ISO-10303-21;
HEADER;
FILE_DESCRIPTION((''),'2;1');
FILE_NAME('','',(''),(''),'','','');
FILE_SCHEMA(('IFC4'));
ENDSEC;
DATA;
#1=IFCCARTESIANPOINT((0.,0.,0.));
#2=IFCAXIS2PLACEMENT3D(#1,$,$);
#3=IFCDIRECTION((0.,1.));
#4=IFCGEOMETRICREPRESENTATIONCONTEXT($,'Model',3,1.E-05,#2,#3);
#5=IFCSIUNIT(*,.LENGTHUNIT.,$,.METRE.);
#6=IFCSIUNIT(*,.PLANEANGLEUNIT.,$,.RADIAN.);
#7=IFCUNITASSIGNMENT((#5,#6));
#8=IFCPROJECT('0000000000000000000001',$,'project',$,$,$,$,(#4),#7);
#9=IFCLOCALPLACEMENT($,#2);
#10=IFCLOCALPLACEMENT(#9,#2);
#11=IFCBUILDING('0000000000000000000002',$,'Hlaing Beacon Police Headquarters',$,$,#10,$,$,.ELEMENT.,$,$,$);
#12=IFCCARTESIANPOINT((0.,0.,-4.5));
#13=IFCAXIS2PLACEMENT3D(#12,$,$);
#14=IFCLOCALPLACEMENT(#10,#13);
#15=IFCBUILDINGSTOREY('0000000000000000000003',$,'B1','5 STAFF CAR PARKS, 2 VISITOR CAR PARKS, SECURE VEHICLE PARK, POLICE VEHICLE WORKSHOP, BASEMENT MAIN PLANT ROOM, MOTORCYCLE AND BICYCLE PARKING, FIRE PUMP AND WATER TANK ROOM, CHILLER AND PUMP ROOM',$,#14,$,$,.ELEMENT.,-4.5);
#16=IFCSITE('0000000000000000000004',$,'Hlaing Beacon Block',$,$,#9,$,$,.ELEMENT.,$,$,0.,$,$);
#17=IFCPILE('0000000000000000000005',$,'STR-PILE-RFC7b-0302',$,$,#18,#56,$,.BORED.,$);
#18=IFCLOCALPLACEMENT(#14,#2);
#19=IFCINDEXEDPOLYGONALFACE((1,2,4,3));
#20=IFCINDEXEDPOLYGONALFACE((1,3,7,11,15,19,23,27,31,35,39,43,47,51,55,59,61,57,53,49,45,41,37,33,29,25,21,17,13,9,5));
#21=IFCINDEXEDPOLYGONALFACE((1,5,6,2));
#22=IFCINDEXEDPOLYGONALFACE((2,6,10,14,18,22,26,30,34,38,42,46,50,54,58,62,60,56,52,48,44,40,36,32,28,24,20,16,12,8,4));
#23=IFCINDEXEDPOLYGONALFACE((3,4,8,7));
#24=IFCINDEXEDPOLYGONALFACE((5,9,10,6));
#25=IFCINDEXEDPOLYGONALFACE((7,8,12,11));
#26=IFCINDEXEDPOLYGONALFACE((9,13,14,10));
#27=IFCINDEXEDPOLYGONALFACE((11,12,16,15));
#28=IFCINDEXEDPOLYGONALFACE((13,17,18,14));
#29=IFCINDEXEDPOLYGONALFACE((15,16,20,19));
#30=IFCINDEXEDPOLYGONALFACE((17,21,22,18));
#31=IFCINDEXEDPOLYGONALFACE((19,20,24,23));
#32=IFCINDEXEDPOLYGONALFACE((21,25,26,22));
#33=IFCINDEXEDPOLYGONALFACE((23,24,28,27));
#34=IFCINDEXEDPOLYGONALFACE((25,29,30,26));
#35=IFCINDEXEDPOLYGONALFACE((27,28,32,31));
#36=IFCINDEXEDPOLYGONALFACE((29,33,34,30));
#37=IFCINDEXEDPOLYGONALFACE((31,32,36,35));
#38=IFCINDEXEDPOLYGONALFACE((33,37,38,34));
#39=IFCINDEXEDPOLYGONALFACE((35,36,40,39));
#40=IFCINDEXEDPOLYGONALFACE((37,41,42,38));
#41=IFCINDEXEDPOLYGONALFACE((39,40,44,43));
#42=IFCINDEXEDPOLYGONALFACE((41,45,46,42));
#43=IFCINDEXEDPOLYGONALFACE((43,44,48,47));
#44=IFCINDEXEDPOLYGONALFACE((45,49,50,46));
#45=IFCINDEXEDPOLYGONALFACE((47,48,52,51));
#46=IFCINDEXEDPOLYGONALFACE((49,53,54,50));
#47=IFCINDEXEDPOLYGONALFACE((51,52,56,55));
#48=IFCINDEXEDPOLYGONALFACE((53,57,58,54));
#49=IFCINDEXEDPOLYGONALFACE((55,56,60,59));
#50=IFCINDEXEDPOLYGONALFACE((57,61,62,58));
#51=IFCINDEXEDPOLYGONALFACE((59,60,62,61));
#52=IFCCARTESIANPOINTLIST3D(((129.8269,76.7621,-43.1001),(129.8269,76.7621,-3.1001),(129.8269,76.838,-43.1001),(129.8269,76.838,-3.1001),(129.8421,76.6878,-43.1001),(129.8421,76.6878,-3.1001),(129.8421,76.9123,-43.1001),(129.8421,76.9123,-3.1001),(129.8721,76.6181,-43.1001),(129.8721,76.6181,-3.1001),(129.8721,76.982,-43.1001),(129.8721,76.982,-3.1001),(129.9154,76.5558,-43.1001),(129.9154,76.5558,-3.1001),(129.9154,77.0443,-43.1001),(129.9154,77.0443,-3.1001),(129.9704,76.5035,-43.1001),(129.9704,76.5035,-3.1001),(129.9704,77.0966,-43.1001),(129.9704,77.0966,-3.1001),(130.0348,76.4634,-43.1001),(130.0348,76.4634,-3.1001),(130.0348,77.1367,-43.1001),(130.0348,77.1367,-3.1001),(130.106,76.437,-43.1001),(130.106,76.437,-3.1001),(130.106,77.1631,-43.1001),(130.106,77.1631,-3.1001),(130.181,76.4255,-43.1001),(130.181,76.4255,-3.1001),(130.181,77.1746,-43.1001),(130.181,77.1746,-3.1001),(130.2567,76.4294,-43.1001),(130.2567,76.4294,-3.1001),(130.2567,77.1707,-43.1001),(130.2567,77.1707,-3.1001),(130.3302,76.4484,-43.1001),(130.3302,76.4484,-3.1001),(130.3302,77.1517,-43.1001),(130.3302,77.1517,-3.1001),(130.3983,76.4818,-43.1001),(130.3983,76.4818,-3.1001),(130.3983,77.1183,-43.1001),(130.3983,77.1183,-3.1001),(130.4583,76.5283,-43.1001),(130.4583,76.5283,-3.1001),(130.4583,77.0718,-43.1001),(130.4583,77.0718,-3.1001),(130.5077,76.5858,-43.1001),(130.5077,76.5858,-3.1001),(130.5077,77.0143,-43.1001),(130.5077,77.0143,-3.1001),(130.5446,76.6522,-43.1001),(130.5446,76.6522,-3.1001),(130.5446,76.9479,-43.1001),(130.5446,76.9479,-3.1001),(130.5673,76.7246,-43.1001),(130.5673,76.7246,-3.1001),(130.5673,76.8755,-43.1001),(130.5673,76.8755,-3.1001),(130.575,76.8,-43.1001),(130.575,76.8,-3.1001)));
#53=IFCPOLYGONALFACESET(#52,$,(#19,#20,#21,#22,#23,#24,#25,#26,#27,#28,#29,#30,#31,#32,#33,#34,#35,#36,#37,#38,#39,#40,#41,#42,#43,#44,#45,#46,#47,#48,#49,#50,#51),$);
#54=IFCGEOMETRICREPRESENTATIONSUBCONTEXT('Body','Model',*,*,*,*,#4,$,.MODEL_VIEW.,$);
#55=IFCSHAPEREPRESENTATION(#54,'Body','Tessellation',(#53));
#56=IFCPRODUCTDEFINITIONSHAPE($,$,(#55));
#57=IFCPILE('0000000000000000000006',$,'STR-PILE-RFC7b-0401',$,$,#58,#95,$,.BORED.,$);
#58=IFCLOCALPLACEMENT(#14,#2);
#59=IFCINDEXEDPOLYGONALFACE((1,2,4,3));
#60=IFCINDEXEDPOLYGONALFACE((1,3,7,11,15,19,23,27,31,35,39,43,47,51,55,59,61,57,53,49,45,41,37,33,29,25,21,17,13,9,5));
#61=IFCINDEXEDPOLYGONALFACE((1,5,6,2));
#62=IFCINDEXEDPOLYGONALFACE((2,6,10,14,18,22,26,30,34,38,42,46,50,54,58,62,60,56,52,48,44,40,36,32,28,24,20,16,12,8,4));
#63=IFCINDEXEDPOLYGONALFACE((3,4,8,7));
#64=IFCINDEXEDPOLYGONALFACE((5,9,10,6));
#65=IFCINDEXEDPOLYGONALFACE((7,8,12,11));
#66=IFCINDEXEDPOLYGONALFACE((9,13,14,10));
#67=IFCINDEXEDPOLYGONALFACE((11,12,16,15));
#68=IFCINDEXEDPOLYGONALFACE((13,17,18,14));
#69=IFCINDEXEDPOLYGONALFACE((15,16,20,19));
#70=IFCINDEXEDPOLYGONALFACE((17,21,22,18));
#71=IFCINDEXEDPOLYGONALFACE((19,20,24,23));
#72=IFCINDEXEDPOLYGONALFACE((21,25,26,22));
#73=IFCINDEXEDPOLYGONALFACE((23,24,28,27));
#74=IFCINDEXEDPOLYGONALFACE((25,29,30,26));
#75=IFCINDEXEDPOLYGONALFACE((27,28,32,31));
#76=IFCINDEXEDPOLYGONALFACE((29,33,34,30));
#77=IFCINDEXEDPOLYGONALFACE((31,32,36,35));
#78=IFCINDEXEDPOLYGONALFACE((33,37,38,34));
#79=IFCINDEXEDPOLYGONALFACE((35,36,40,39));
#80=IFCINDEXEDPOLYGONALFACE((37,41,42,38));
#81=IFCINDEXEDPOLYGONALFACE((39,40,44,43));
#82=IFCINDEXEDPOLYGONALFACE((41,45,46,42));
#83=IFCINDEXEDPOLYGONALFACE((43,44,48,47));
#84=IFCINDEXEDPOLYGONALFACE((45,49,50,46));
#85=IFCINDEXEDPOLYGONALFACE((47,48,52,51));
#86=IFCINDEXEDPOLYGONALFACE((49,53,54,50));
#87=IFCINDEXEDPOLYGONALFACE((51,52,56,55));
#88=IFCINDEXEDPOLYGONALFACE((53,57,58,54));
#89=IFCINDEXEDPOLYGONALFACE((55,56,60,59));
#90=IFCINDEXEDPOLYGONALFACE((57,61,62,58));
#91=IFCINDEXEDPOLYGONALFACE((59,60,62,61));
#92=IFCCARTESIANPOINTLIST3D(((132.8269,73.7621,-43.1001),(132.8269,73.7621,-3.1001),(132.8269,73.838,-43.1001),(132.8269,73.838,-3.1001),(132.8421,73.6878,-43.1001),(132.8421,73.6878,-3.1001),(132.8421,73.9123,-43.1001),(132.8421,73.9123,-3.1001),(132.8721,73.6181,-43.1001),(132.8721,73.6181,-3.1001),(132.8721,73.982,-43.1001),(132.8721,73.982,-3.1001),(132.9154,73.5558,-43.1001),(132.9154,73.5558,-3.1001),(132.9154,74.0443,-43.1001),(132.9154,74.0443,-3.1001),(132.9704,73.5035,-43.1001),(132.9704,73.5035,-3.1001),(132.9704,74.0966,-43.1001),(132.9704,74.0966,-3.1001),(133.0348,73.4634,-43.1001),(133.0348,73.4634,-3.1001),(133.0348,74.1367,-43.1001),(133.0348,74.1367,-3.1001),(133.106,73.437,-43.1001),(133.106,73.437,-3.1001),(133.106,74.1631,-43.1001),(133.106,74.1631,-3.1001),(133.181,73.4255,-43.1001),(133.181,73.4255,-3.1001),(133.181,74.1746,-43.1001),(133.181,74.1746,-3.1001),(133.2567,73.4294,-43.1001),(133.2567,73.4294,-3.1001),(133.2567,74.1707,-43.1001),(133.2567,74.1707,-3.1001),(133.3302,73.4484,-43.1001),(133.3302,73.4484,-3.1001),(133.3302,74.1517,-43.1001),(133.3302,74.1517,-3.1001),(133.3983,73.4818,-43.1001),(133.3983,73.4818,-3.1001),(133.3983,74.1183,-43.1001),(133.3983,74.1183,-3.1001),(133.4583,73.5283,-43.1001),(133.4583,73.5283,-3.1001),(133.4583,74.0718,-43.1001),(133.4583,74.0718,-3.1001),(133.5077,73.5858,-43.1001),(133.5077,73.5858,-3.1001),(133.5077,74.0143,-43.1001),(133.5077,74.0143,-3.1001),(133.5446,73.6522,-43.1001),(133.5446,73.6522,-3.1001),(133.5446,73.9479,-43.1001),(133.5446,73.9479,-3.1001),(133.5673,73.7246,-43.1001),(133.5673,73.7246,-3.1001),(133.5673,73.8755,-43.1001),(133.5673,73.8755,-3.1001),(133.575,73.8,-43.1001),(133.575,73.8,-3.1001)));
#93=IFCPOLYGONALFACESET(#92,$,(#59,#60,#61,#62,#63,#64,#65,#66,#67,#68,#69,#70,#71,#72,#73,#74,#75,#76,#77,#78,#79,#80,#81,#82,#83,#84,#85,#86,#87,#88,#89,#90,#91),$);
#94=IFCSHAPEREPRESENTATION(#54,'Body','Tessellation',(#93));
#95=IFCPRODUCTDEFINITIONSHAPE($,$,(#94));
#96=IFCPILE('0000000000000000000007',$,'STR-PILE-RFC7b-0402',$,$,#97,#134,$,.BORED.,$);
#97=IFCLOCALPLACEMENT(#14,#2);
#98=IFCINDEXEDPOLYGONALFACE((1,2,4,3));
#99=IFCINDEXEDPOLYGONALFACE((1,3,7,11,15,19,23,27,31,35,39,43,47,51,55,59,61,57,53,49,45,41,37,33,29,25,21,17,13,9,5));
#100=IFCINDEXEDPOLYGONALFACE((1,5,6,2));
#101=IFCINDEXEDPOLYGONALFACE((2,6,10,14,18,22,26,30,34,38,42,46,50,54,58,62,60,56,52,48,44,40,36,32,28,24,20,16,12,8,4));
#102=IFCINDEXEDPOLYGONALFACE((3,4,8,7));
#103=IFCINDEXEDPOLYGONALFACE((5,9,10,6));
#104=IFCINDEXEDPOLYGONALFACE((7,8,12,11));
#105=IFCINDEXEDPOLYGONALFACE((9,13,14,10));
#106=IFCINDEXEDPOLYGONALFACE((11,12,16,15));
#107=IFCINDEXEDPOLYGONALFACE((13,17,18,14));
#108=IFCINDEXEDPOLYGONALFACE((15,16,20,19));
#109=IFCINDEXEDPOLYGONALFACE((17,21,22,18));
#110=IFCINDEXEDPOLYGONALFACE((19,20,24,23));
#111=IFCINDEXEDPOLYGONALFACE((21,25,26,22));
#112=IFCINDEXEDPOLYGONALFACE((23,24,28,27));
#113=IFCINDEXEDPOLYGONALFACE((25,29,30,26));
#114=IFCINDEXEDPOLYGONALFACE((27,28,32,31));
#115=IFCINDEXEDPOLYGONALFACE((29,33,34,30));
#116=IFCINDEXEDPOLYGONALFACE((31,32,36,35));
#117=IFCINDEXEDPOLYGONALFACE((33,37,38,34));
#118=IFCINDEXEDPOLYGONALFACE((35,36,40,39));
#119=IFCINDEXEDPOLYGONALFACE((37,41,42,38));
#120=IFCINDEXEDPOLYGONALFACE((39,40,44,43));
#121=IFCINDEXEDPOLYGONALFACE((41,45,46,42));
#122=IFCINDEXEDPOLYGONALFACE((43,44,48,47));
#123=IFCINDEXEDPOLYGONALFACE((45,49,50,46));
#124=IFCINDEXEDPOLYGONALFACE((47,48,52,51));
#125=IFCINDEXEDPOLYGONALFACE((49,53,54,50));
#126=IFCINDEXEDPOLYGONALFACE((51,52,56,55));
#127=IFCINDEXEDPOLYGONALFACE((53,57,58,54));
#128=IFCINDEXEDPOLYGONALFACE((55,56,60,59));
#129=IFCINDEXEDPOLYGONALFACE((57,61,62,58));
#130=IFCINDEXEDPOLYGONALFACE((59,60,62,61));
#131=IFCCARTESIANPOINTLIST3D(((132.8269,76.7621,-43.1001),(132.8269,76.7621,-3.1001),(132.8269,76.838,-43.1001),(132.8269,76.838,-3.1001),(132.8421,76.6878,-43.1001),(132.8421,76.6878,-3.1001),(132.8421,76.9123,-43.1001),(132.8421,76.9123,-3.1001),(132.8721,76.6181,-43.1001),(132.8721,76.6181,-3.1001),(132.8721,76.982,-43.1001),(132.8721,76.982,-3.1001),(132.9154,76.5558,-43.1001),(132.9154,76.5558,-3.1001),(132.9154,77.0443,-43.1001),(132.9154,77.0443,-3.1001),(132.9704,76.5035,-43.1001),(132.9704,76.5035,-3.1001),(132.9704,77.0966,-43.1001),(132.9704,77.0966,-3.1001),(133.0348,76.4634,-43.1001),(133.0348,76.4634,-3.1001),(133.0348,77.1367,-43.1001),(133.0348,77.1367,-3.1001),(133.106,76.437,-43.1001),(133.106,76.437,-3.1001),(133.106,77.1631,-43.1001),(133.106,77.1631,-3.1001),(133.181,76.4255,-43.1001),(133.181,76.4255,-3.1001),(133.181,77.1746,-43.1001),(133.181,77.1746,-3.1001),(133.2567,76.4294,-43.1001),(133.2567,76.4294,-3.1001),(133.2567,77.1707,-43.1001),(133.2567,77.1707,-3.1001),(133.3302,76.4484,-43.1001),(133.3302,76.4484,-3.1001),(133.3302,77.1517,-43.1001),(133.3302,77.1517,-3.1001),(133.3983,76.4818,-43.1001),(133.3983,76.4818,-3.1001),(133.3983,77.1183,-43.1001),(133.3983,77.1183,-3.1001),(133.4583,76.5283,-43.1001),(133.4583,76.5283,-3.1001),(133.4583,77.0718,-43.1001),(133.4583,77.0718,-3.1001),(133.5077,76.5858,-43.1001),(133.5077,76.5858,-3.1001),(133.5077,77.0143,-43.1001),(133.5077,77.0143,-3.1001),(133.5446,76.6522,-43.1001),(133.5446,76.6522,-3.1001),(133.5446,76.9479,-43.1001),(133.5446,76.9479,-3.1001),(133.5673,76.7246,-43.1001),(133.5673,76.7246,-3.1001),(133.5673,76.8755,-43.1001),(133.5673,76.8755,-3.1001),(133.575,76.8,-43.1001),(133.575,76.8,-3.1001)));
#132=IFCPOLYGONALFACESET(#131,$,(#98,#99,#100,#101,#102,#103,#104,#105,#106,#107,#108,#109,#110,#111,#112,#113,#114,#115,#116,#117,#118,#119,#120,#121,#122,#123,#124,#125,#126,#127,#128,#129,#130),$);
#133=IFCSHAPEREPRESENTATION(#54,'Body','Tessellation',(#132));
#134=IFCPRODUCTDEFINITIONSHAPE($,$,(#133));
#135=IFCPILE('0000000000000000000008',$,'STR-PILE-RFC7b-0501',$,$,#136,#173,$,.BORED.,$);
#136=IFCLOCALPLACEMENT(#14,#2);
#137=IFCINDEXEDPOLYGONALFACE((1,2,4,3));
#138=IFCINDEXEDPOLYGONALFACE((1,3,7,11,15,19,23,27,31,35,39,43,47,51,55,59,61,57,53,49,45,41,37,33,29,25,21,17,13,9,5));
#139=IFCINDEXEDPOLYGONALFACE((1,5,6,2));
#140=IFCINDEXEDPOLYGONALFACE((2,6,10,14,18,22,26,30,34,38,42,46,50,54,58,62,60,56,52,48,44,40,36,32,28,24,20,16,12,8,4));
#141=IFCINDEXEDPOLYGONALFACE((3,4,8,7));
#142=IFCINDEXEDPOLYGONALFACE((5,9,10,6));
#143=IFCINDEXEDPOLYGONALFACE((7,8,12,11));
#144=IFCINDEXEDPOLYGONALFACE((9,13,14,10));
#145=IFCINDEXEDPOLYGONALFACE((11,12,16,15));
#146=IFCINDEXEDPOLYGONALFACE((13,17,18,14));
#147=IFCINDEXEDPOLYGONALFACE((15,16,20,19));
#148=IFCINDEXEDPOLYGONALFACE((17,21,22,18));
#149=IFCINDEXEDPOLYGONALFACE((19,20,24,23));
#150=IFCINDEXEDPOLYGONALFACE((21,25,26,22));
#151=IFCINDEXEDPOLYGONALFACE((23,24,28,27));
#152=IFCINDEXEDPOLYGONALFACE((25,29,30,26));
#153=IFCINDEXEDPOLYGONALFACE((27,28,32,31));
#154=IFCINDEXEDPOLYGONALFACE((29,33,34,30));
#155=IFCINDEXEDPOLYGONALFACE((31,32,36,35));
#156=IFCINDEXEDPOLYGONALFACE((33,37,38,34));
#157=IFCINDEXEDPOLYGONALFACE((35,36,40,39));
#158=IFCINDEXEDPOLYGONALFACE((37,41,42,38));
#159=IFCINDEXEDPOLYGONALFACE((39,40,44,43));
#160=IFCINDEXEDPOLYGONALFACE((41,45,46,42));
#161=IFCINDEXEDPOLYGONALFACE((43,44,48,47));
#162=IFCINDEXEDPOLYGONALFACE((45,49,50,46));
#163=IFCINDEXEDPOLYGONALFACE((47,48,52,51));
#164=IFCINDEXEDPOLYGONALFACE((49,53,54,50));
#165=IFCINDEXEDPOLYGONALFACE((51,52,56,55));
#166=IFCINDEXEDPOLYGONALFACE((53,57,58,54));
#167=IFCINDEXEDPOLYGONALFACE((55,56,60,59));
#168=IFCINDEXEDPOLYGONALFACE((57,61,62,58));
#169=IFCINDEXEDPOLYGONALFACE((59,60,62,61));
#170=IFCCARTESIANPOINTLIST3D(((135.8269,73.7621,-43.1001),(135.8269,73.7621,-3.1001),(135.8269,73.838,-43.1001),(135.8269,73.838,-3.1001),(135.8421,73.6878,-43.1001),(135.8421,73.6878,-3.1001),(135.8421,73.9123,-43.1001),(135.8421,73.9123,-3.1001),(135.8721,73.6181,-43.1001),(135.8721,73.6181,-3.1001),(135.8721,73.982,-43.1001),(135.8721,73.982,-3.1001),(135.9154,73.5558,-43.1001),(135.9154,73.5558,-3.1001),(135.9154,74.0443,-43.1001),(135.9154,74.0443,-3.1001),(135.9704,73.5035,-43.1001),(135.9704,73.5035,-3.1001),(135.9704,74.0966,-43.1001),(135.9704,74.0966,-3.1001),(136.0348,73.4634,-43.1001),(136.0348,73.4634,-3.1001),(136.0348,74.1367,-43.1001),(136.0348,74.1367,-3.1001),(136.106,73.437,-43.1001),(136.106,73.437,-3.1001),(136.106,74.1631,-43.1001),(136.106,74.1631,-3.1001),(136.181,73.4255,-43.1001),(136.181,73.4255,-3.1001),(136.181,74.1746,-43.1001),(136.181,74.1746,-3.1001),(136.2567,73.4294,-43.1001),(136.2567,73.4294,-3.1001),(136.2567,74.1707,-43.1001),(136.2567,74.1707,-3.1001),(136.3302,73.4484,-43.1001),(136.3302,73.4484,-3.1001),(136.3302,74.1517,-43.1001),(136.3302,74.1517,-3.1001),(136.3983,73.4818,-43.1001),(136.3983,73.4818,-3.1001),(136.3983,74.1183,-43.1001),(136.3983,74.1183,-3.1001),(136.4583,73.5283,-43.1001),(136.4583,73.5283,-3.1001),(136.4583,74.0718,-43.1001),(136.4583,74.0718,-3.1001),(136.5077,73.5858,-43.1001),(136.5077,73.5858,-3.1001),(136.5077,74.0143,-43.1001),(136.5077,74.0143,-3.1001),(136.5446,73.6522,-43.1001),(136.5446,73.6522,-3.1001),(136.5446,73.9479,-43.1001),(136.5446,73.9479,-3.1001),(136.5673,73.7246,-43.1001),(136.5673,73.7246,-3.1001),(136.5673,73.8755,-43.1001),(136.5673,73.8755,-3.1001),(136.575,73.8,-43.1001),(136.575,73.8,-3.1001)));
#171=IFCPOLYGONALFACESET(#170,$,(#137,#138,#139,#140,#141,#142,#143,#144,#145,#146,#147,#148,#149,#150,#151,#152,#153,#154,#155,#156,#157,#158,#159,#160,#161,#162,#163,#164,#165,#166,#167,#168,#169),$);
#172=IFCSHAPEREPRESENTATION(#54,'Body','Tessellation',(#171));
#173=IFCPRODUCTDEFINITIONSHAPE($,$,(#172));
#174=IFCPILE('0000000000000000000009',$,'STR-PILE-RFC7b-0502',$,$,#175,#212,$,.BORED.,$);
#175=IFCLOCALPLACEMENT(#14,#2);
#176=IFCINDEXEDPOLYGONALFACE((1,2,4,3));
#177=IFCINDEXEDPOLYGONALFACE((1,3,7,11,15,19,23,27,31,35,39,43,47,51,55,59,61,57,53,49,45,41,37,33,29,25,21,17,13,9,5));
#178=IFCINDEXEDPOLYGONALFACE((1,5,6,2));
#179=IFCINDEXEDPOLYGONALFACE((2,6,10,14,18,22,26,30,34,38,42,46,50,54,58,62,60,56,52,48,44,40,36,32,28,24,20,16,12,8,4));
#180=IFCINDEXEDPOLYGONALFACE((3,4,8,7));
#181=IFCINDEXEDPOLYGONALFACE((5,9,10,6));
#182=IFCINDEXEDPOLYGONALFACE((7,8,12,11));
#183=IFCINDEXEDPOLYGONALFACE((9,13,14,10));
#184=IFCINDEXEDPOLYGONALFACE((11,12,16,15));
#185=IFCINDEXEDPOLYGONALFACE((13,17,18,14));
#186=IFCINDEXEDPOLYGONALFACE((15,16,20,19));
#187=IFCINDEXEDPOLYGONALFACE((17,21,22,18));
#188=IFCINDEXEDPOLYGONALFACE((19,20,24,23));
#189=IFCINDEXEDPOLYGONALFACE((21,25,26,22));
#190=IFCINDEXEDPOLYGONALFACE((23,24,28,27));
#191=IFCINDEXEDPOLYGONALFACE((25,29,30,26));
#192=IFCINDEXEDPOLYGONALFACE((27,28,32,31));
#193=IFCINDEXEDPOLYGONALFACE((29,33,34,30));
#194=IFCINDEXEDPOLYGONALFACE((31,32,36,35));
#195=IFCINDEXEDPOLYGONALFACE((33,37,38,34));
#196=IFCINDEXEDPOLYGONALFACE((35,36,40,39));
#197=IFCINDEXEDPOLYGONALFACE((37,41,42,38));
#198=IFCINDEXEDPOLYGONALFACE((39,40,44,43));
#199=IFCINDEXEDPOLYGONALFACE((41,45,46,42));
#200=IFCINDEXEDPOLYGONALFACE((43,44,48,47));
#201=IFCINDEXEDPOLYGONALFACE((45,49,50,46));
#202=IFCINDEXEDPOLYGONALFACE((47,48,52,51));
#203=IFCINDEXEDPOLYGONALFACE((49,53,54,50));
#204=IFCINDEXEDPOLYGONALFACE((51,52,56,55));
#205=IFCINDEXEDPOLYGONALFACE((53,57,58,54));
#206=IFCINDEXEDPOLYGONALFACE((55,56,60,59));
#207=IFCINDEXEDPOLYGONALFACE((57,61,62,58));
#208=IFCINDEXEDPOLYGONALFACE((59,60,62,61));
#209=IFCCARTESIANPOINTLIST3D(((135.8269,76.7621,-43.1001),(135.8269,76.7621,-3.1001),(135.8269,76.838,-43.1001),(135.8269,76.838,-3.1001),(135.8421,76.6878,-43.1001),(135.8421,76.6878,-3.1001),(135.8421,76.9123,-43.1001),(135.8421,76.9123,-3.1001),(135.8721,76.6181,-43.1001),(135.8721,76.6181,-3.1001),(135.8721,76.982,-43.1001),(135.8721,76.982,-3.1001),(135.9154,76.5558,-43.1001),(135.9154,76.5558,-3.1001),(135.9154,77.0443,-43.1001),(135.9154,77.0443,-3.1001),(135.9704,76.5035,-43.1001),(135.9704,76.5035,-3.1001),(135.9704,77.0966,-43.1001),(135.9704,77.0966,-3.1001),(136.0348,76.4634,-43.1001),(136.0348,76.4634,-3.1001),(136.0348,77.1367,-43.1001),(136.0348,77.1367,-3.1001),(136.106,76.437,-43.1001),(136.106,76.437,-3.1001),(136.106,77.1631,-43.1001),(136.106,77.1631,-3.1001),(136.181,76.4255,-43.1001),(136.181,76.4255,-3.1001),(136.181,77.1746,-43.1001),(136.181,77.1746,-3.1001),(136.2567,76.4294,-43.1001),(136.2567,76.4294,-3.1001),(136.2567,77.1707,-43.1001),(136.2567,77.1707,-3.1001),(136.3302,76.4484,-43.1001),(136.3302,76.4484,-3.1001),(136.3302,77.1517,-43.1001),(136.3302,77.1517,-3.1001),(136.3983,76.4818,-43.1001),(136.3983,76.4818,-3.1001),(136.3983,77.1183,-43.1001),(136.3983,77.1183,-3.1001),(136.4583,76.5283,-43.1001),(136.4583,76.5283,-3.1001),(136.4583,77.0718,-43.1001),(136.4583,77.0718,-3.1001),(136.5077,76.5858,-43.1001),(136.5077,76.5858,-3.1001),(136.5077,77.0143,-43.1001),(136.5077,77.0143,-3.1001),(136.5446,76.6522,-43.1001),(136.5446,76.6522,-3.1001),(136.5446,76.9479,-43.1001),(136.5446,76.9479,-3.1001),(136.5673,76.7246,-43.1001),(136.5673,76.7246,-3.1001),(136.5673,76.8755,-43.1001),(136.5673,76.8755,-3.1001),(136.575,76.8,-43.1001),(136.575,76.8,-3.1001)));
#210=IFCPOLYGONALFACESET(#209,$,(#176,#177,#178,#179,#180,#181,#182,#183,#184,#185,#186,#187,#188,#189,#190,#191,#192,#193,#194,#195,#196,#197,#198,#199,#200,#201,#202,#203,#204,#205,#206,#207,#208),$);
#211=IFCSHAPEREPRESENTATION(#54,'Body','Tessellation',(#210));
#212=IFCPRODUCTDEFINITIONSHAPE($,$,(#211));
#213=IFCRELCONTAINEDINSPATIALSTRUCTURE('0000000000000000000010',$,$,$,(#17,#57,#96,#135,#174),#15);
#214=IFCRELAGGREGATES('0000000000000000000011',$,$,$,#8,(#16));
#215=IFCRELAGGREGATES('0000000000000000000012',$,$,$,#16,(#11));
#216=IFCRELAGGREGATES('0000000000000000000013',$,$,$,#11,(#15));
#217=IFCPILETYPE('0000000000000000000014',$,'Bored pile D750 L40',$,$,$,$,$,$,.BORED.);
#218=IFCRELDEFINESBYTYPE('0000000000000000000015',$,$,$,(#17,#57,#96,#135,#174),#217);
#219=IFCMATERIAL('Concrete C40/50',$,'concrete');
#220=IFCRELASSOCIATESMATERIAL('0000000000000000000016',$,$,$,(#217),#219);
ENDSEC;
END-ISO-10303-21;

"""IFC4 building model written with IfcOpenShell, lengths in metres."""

from ifc_helpers import new_model, si_unit, direction, frame, origin, origin_2d, place, context, subcontext, project, spatial, circle, extrude, material, material_profile, profile_set, type_object, element, save


model = new_model("IFC4")

# Units and contexts
model_context = context("Model", 3, precision=1e-05, world=origin(), true_north=direction((0.0, 1.0)))
body_context = subcontext(model_context, "Body", "Model", "MODEL_VIEW")
ifc_project = project(units=[si_unit("LENGTHUNIT", "METRE"), si_unit("PLANEANGLEUNIT", "RADIAN")], contexts=[model_context])

# Site, building, storey
site_placement = place(None, origin())
site = spatial("IfcSite", under=ifc_project, at=site_placement, Name="Hlaing Beacon Block", CompositionType="ELEMENT", RefElevation=0.0)
building_placement = place(site_placement, origin())
building = spatial("IfcBuilding", under=site, at=building_placement, Name="Hlaing Beacon Police Headquarters", CompositionType="ELEMENT")
storey_placement = place(building_placement, frame((0.0, 0.0, -4.5)))
storey = spatial("IfcBuildingStorey", under=building, at=storey_placement, Name="B1", Description="5 STAFF CAR PARKS, 2 VISITOR CAR PARKS, SECURE VEHICLE PARK, POLICE VEHICLE WORKSHOP, BASEMENT MAIN PLANT ROOM, MOTORCYCLE AND BICYCLE PARKING, FIRE PUMP AND WATER TANK ROOM, CHILLER AND PUMP ROOM", CompositionType="ELEMENT", Elevation=-4.5)

# Piles
ifc_material_1 = material(Name="Concrete C40/50", Category="concrete")
ifc_material_profile_1 = material_profile(ifc_material_1, circle(Radius=0.375, at=origin_2d()), Name="D750")
ifc_profile_set_1 = profile_set([ifc_material_profile_1], Name="Concrete C40/50")
pile_type_1 = type_object("IfcPileType", Name="Bored pile D750 L40", PredefinedType="BORED", material=ifc_profile_set_1)
for number, where, z_axis, x_axis, name in (
    (1, (130.2, 76.8, -3.1001), (0.0, 0.0, -1.0), (1.0, 0.0, 0.0), "STR-PILE-RFC7b-0302"),
    (2, (133.2, 73.8, -3.1001), (0.0, 0.0, -1.0), (1.0, 0.0, 0.0), "STR-PILE-RFC7b-0401"),
    (3, (133.2, 76.8, -3.1001), (0.0, 0.0, -1.0), (1.0, 0.0, 0.0), "STR-PILE-RFC7b-0402"),
    (4, (136.2, 73.8, -3.1001), (0.0, 0.0, -1.0), (1.0, 0.0, 0.0), "STR-PILE-RFC7b-0501"),
    (5, (136.2, 76.8, -3.1001), (0.0, 0.0, -1.0), (1.0, 0.0, 0.0), "STR-PILE-RFC7b-0502"),
):
    element("IfcPile", number, at=place(storey_placement, frame(where, z_axis=z_axis, x_axis=x_axis)), inside=storey, type_object=pile_type_1, Name=name, PredefinedType="BORED", context=body_context, shape_type="SweptSolid", body=[
        extrude(circle(Radius=0.375, at=origin_2d()), origin(), (0.0, 0.0, 1.0), 40.0),
    ])

save(model, "model.ifc")
